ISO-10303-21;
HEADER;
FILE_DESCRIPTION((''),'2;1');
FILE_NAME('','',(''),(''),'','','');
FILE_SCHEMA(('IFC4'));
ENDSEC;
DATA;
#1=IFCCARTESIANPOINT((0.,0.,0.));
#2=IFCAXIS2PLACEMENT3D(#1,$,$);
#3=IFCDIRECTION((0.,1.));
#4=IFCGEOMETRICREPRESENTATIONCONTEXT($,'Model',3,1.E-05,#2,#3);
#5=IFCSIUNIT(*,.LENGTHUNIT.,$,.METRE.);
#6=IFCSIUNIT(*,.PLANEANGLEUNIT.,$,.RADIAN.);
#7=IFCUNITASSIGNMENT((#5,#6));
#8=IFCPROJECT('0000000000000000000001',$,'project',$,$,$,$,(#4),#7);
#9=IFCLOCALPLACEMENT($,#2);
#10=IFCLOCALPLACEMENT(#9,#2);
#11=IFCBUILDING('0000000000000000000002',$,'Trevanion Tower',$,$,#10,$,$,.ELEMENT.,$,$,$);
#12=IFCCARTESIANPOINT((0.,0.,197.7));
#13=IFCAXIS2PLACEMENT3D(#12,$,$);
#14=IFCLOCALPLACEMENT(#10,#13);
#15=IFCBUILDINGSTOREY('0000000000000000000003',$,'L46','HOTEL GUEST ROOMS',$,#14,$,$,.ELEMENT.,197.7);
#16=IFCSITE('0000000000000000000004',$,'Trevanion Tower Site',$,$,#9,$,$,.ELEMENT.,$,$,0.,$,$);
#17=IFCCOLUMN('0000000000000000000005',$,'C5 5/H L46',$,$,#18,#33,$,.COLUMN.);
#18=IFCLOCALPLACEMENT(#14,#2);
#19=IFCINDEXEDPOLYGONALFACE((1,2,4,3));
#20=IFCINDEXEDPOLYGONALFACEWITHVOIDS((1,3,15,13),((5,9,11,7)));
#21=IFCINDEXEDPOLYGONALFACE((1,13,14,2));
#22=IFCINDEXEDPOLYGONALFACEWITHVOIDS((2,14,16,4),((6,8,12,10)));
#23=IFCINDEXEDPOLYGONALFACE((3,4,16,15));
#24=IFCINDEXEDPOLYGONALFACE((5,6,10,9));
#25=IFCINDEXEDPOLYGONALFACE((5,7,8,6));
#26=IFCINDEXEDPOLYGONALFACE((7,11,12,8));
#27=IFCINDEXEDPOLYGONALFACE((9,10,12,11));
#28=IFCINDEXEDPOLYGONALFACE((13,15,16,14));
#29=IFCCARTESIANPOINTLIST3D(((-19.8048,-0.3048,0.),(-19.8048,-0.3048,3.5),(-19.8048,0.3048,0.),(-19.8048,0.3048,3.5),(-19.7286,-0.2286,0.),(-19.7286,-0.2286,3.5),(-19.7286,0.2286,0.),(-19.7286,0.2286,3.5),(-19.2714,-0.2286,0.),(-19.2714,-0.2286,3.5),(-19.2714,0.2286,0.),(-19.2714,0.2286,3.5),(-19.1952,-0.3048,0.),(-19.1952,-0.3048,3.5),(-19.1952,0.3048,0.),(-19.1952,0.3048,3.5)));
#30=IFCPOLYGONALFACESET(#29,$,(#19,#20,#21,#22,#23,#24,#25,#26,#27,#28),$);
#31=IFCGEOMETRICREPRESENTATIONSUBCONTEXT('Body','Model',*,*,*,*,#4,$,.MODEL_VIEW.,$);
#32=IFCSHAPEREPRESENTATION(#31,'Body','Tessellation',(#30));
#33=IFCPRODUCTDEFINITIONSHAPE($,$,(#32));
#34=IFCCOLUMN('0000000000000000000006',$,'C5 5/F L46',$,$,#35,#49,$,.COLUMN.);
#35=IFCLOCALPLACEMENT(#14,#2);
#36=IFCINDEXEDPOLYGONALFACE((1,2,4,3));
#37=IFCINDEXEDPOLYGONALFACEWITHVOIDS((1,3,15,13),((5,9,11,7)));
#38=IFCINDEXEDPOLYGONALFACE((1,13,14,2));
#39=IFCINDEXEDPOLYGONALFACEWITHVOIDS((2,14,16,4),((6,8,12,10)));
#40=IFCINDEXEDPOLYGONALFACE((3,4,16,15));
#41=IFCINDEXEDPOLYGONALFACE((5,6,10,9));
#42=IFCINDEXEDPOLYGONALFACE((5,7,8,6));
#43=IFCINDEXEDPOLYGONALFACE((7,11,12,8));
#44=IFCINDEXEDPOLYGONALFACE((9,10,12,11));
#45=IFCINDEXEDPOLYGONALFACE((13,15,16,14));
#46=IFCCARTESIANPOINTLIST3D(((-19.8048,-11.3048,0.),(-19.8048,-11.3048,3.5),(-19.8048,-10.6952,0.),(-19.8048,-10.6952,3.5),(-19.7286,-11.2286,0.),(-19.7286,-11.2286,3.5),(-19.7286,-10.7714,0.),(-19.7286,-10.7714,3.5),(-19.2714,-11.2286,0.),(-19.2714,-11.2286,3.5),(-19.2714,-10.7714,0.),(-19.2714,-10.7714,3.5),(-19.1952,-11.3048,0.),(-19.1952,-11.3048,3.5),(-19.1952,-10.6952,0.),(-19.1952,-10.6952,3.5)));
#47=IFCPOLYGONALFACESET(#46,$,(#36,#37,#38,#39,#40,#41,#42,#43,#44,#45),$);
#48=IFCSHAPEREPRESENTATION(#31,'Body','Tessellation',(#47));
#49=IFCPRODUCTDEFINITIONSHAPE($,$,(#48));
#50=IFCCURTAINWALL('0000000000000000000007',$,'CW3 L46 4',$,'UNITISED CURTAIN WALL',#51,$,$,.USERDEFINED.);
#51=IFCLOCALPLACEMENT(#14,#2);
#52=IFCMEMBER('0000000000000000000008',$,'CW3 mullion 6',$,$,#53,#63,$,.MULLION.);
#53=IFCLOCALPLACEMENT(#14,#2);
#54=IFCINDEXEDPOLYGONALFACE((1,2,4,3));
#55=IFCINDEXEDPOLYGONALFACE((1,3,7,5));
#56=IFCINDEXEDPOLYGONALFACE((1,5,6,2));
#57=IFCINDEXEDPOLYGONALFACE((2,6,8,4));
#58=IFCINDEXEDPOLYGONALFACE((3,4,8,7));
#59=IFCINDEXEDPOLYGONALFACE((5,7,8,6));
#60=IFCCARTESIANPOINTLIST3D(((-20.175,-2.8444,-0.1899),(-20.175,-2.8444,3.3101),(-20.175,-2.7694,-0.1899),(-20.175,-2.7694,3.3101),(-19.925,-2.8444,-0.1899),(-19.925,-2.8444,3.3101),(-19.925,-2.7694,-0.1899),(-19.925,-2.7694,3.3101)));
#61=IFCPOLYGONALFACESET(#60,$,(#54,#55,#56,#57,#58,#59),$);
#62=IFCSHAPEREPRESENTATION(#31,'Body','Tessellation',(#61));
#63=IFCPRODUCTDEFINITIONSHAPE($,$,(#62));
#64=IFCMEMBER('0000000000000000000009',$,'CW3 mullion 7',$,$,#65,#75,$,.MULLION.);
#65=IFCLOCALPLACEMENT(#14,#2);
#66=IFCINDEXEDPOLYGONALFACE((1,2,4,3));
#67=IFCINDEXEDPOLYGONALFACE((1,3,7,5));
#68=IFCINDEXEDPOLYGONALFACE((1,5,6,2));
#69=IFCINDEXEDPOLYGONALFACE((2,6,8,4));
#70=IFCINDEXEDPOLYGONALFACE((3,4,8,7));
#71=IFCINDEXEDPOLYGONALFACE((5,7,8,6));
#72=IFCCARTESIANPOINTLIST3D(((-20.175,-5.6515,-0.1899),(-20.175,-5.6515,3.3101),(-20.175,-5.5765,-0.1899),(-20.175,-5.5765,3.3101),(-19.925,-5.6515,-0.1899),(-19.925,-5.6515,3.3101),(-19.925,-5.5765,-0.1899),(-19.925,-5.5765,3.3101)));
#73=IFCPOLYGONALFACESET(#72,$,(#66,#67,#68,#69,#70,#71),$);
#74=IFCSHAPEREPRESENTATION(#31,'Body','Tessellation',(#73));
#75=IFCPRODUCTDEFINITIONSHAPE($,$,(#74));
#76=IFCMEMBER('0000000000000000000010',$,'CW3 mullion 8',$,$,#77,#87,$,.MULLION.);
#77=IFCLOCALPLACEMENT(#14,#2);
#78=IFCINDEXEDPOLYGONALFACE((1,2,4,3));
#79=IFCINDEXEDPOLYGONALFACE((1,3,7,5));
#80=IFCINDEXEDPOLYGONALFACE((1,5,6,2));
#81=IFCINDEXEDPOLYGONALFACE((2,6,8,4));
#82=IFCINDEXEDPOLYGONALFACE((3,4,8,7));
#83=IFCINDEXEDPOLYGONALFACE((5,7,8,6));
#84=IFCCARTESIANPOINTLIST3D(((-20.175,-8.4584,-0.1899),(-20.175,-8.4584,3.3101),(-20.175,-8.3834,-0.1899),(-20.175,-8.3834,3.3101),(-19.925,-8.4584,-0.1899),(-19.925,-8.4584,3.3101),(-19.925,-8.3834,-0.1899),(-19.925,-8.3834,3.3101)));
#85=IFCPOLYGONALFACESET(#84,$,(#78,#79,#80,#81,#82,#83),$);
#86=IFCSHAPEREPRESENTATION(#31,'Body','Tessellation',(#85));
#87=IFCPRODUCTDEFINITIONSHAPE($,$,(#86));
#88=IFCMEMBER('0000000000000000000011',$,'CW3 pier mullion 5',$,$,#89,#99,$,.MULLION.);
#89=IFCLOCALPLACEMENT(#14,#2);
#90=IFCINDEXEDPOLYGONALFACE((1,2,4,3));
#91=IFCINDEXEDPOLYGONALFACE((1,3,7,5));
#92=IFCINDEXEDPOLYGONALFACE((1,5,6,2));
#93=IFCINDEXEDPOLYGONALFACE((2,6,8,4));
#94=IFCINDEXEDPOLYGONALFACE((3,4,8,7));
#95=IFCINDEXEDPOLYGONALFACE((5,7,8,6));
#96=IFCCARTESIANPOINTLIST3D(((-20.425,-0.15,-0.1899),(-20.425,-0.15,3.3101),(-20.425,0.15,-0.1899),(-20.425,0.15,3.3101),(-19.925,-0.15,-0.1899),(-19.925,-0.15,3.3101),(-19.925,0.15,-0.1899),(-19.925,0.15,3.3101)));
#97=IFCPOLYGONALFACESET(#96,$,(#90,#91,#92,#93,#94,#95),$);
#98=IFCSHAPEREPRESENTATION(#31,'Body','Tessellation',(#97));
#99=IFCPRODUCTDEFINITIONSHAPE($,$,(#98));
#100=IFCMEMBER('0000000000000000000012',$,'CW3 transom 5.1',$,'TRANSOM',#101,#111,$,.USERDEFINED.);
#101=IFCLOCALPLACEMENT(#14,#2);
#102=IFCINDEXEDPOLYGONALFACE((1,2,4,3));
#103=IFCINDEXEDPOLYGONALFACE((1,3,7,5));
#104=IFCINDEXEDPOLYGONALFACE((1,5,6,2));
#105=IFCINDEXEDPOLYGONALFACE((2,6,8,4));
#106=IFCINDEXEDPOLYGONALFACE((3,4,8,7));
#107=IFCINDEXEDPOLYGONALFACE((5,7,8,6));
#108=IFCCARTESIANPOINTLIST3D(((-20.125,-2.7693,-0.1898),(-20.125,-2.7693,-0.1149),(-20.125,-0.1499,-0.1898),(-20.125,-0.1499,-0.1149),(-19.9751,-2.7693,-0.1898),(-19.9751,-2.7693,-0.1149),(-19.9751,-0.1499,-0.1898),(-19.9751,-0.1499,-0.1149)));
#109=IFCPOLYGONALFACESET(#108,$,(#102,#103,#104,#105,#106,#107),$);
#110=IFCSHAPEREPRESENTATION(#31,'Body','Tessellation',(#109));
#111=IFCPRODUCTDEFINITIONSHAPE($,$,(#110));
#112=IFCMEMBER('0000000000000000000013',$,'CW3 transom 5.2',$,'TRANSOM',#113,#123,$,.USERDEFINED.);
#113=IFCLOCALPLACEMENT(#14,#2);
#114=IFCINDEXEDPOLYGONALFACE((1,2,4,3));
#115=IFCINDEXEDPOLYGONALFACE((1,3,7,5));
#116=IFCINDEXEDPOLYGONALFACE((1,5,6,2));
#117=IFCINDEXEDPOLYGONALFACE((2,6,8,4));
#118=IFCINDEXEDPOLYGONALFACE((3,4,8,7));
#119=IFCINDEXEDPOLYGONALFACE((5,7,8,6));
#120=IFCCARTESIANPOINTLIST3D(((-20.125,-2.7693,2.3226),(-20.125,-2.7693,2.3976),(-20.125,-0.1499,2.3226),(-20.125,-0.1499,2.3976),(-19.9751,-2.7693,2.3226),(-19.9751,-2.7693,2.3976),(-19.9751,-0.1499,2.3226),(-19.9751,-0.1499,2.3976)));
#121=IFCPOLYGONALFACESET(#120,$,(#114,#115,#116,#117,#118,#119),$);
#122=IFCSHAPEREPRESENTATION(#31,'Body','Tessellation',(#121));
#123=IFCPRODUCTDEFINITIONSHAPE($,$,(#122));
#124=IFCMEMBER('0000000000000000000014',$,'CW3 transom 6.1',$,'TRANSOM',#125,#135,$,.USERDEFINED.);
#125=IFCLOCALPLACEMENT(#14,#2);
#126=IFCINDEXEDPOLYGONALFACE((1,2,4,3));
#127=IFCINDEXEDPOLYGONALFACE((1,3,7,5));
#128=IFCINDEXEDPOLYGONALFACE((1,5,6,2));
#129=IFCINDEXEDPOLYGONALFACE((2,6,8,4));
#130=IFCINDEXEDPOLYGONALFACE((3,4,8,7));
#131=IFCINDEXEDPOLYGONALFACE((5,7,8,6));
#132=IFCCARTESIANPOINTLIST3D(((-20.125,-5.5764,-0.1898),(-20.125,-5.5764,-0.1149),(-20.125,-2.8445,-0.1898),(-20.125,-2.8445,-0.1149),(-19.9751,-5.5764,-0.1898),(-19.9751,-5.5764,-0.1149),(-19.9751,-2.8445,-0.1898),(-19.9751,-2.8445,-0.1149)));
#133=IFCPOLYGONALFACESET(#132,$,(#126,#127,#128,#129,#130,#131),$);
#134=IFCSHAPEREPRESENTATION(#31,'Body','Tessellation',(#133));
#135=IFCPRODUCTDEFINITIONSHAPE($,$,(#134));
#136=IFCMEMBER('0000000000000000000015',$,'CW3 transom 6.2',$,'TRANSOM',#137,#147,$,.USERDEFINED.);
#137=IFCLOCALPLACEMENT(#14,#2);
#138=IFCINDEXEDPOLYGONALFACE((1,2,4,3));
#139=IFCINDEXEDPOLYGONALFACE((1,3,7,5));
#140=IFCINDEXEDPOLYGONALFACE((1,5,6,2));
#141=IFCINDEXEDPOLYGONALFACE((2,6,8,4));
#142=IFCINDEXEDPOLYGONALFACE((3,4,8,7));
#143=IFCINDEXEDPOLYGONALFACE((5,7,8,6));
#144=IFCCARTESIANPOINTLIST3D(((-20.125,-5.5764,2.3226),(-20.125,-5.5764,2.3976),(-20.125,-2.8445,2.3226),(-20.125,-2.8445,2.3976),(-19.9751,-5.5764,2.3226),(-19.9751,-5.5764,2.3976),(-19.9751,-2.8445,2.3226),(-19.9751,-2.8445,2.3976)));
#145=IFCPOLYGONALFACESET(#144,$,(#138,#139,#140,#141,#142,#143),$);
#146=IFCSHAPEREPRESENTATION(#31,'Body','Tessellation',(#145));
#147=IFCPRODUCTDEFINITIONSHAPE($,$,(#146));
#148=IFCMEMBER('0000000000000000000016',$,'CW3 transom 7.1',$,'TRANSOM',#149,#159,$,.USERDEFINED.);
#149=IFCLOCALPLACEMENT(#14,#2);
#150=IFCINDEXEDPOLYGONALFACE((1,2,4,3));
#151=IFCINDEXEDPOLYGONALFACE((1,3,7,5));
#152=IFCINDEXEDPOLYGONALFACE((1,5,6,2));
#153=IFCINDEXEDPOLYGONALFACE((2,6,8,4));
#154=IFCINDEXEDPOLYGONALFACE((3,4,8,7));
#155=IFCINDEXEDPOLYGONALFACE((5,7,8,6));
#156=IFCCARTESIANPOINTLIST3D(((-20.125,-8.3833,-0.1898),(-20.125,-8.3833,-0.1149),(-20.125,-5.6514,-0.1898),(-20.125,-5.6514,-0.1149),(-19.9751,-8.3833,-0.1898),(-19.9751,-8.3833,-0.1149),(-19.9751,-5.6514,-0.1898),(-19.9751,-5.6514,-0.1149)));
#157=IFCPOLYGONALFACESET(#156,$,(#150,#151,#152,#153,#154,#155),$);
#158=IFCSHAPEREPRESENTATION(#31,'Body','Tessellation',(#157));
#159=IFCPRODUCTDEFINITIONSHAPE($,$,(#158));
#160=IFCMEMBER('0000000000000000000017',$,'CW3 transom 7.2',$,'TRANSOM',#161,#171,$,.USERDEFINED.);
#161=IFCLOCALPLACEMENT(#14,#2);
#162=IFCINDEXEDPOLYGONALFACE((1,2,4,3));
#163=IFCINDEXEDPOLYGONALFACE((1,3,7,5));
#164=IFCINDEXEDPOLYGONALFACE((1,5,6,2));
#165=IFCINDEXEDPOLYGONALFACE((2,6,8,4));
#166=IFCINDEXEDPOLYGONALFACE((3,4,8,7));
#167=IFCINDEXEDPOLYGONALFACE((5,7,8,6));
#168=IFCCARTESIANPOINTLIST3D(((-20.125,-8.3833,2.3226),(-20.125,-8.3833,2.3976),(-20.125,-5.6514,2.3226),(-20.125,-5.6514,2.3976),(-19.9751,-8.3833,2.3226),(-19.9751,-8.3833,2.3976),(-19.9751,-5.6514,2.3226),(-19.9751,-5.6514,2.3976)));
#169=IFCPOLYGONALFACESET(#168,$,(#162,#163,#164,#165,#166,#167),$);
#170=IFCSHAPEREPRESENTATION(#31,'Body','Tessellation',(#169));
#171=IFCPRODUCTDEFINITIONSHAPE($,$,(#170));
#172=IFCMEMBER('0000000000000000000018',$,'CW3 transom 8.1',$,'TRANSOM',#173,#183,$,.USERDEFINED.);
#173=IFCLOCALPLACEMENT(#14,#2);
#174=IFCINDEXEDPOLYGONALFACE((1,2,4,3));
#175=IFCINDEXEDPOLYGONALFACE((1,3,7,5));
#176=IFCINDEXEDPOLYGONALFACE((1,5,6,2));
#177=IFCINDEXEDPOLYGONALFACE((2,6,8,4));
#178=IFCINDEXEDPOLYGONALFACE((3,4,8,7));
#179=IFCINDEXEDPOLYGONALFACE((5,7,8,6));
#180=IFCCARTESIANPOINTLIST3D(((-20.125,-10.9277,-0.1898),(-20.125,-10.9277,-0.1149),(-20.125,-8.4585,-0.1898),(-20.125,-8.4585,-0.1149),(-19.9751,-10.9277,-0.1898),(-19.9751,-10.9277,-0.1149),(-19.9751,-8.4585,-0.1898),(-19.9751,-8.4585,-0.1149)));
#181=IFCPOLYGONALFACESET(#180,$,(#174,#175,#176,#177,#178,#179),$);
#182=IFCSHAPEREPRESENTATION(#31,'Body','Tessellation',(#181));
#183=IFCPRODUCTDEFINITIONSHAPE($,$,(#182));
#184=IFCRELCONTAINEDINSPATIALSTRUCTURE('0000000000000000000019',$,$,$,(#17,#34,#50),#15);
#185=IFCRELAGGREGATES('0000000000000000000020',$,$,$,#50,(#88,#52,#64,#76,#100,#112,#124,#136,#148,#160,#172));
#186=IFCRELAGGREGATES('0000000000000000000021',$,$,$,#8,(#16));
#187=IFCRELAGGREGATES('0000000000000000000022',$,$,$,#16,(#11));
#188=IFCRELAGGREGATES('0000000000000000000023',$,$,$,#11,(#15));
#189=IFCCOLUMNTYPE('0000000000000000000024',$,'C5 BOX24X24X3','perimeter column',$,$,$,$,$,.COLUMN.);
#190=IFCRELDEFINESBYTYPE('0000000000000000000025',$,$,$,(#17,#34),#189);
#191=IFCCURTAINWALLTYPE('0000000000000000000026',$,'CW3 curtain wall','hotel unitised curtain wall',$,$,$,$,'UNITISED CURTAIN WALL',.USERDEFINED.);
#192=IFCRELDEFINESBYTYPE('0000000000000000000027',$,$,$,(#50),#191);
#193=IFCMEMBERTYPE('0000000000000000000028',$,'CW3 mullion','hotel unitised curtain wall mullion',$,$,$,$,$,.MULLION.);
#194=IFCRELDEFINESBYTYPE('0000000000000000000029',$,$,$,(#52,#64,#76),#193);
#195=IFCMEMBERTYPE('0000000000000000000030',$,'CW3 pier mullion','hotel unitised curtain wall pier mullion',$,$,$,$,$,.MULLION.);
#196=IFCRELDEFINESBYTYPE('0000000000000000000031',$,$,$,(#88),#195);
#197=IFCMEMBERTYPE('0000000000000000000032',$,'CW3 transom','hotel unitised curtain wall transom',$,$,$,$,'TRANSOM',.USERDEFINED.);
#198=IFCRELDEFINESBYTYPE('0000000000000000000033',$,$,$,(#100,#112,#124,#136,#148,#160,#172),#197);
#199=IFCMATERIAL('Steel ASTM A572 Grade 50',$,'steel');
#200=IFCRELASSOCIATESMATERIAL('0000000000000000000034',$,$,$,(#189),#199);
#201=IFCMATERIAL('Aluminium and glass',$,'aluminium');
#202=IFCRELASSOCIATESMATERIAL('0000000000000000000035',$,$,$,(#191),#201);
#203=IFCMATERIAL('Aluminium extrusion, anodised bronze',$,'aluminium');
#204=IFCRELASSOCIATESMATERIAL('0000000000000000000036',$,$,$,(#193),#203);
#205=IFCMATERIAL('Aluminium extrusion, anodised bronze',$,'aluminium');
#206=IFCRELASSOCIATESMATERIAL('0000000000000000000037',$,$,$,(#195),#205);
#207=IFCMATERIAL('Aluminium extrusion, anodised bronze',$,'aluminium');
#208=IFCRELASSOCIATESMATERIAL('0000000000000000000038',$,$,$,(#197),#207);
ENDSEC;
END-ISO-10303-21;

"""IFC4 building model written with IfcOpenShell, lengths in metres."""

from ifc_helpers import new_model, si_unit, direction, frame, origin, origin_2d, place, context, subcontext, project, spatial, rectangle, hollow_rectangle, extrude, material, material_profile, profile_set, type_object, element, aggregate, save


model = new_model("IFC4")

# Units and contexts
model_context = context("Model", 3, precision=1e-05, world=origin(), true_north=direction((0.0, 1.0)))
body_context = subcontext(model_context, "Body", "Model", "MODEL_VIEW")
ifc_project = project(units=[si_unit("LENGTHUNIT", "METRE"), si_unit("PLANEANGLEUNIT", "RADIAN")], contexts=[model_context])

# Site, building, storey
site_placement = place(None, origin())
site = spatial("IfcSite", under=ifc_project, at=site_placement, Name="Trevanion Tower Site", CompositionType="ELEMENT", RefElevation=0.0)
building_placement = place(site_placement, origin())
building = spatial("IfcBuilding", under=site, at=building_placement, Name="Trevanion Tower", CompositionType="ELEMENT")
storey_placement = place(building_placement, frame((0.0, 0.0, 197.7)))
storey = spatial("IfcBuildingStorey", under=building, at=storey_placement, Name="L46", Description="HOTEL GUEST ROOMS", CompositionType="ELEMENT", Elevation=197.7)

# Columns
ifc_material_1 = material(Name="Steel ASTM A572 Grade 50", Category="steel")
ifc_material_profile_1 = material_profile(ifc_material_1, hollow_rectangle(XDim=0.6096, YDim=0.6096, WallThickness=0.0762, at=origin_2d()), Name="BOX24X24X3")
ifc_profile_set_1 = profile_set([ifc_material_profile_1], Name="Steel ASTM A572 Grade 50")
column_type = type_object("IfcColumnType", Name="C5 BOX24X24X3", Description="perimeter column", PredefinedType="COLUMN", material=ifc_profile_set_1)
for number, where, z_axis, x_axis, name in (
    (1, (-19.5, 0.0, 0.0), (0.0, 0.0, 1.0), (0.0, 1.0, 0.0), "C5 5/H L46"),
    (2, (-19.5, -11.0, 0.0), (0.0, 0.0, 1.0), (0.0, 1.0, 0.0), "C5 5/F L46"),
):
    element("IfcColumn", number, at=place(storey_placement, frame(where, z_axis=z_axis, x_axis=x_axis)), inside=storey, type_object=column_type, Name=name, PredefinedType="COLUMN", context=body_context, shape_type="SweptSolid", body=[
        extrude(hollow_rectangle(XDim=0.6096, YDim=0.6096, WallThickness=0.0762, at=origin_2d()), origin(), (0.0, 0.0, 1.0), 3.5),
    ])

# Curtain wall, members
ifc_material_2 = material(Name="Aluminium and glass", Category="aluminium")
curtain_wall_type = type_object("IfcCurtainWallType", Name="CW3 curtain wall", Description="hotel unitised curtain wall", ElementType="UNITISED CURTAIN WALL", PredefinedType="USERDEFINED", material=ifc_material_2)
curtain_wall_placement = place(storey_placement, origin())
curtain_wall = element("IfcCurtainWall", 3, at=curtain_wall_placement, inside=storey, type_object=curtain_wall_type, Name="CW3 L46 4", ObjectType="UNITISED CURTAIN WALL", PredefinedType="USERDEFINED")
ifc_material_3 = material(Name="Aluminium extrusion, anodised bronze", Category="aluminium")
ifc_material_profile_2 = material_profile(ifc_material_3, rectangle(XDim=0.075, YDim=0.25, at=origin_2d()), Name="CW3 mullion")
ifc_profile_set_2 = profile_set([ifc_material_profile_2], Name="Aluminium extrusion, anodised bronze")
member_type_1 = type_object("IfcMemberType", Name="CW3 mullion", Description="hotel unitised curtain wall mullion", PredefinedType="MULLION", material=ifc_profile_set_2)
member_1_placement = place(storey_placement, frame((-20.05, -2.8069, -0.1899), z_axis=(0.0, 0.0, 1.0), x_axis=(0.0, -1.0, 0.0)))
member_1 = element("IfcMember", 4, at=member_1_placement, type_object=member_type_1, Name="CW3 mullion 6", PredefinedType="MULLION", context=body_context, shape_type="SweptSolid", body=[
    extrude(rectangle(XDim=0.075, YDim=0.25, at=origin_2d()), origin(), (0.0, 0.0, 1.0), 3.5),
])
member_2_placement = place(storey_placement, frame((-20.05, -5.614, -0.1899), z_axis=(0.0, 0.0, 1.0), x_axis=(0.0, -1.0, 0.0)))
member_2 = element("IfcMember", 5, at=member_2_placement, type_object=member_type_1, Name="CW3 mullion 7", PredefinedType="MULLION", context=body_context, shape_type="SweptSolid", body=[
    extrude(rectangle(XDim=0.075, YDim=0.25, at=origin_2d()), origin(), (0.0, 0.0, 1.0), 3.5),
])
member_3_placement = place(storey_placement, frame((-20.05, -8.4209, -0.1899), z_axis=(0.0, 0.0, 1.0), x_axis=(0.0, -1.0, 0.0)))
member_3 = element("IfcMember", 6, at=member_3_placement, type_object=member_type_1, Name="CW3 mullion 8", PredefinedType="MULLION", context=body_context, shape_type="SweptSolid", body=[
    extrude(rectangle(XDim=0.075, YDim=0.25, at=origin_2d()), origin(), (0.0, 0.0, 1.0), 3.5),
])
ifc_material_4 = material(Name="Aluminium extrusion, anodised bronze", Category="aluminium")
ifc_material_profile_3 = material_profile(ifc_material_4, rectangle(XDim=0.3, YDim=0.5, at=origin_2d()), Name="CW3 pier mullion")
ifc_profile_set_3 = profile_set([ifc_material_profile_3], Name="Aluminium extrusion, anodised bronze")
member_type_2 = type_object("IfcMemberType", Name="CW3 pier mullion", Description="hotel unitised curtain wall pier mullion", PredefinedType="MULLION", material=ifc_profile_set_3)
member_4_placement = place(storey_placement, frame((-20.175, 0.0, -0.1899), z_axis=(0.0, 0.0, 1.0), x_axis=(0.0, -1.0, 0.0)))
member_4 = element("IfcMember", 7, at=member_4_placement, type_object=member_type_2, Name="CW3 pier mullion 5", PredefinedType="MULLION", context=body_context, shape_type="SweptSolid", body=[
    extrude(rectangle(XDim=0.3, YDim=0.5, at=origin_2d()), origin(), (0.0, 0.0, 1.0), 3.5),
])
ifc_material_5 = material(Name="Aluminium extrusion, anodised bronze", Category="aluminium")
ifc_material_profile_4 = material_profile(ifc_material_5, rectangle(XDim=0.1499, YDim=0.075, at=origin_2d()), Name="CW3 transom")
ifc_profile_set_4 = profile_set([ifc_material_profile_4], Name="Aluminium extrusion, anodised bronze")
member_type_3 = type_object("IfcMemberType", Name="CW3 transom", Description="hotel unitised curtain wall transom", ElementType="TRANSOM", PredefinedType="USERDEFINED", material=ifc_profile_set_4)
member_5_placement = place(storey_placement, frame((-20.05, -0.1499, -0.1523), z_axis=(0.0, -1.0, 0.0), x_axis=(1.0, 0.0, 0.0)))
member_5 = element("IfcMember", 8, at=member_5_placement, type_object=member_type_3, Name="CW3 transom 5.1", ObjectType="TRANSOM", PredefinedType="USERDEFINED", context=body_context, shape_type="SweptSolid", body=[
    extrude(rectangle(XDim=0.1499, YDim=0.075, at=origin_2d()), origin(), (0.0, 0.0, 1.0), 2.6194),
])
member_6_placement = place(storey_placement, frame((-20.05, -0.1499, 2.3601), z_axis=(0.0, -1.0, 0.0), x_axis=(1.0, 0.0, 0.0)))
member_6 = element("IfcMember", 9, at=member_6_placement, type_object=member_type_3, Name="CW3 transom 5.2", ObjectType="TRANSOM", PredefinedType="USERDEFINED", context=body_context, shape_type="SweptSolid", body=[
    extrude(rectangle(XDim=0.1499, YDim=0.075, at=origin_2d()), origin(), (0.0, 0.0, 1.0), 2.6194),
])
member_7_placement = place(storey_placement, frame((-20.05, -2.8445, -0.1523), z_axis=(0.0, -1.0, 0.0), x_axis=(1.0, 0.0, 0.0)))
member_7 = element("IfcMember", 10, at=member_7_placement, type_object=member_type_3, Name="CW3 transom 6.1", ObjectType="TRANSOM", PredefinedType="USERDEFINED", context=body_context, shape_type="SweptSolid", body=[
    extrude(rectangle(XDim=0.1499, YDim=0.075, at=origin_2d()), origin(), (0.0, 0.0, 1.0), 2.7319),
])
member_8_placement = place(storey_placement, frame((-20.05, -2.8445, 2.3601), z_axis=(0.0, -1.0, 0.0), x_axis=(1.0, 0.0, 0.0)))
member_8 = element("IfcMember", 11, at=member_8_placement, type_object=member_type_3, Name="CW3 transom 6.2", ObjectType="TRANSOM", PredefinedType="USERDEFINED", context=body_context, shape_type="SweptSolid", body=[
    extrude(rectangle(XDim=0.1499, YDim=0.075, at=origin_2d()), origin(), (0.0, 0.0, 1.0), 2.7319),
])
member_9_placement = place(storey_placement, frame((-20.05, -5.6514, -0.1523), z_axis=(0.0, -1.0, 0.0), x_axis=(1.0, 0.0, 0.0)))
member_9 = element("IfcMember", 12, at=member_9_placement, type_object=member_type_3, Name="CW3 transom 7.1", ObjectType="TRANSOM", PredefinedType="USERDEFINED", context=body_context, shape_type="SweptSolid", body=[
    extrude(rectangle(XDim=0.1499, YDim=0.075, at=origin_2d()), origin(), (0.0, 0.0, 1.0), 2.7319),
])
member_10_placement = place(storey_placement, frame((-20.05, -5.6514, 2.3601), z_axis=(0.0, -1.0, 0.0), x_axis=(1.0, 0.0, 0.0)))
member_10 = element("IfcMember", 13, at=member_10_placement, type_object=member_type_3, Name="CW3 transom 7.2", ObjectType="TRANSOM", PredefinedType="USERDEFINED", context=body_context, shape_type="SweptSolid", body=[
    extrude(rectangle(XDim=0.1499, YDim=0.075, at=origin_2d()), origin(), (0.0, 0.0, 1.0), 2.7319),
])
member_11_placement = place(storey_placement, frame((-20.05, -8.4585, -0.1523), z_axis=(0.0, -1.0, 0.0), x_axis=(1.0, 0.0, 0.0)))
member_11 = element("IfcMember", 14, at=member_11_placement, type_object=member_type_3, Name="CW3 transom 8.1", ObjectType="TRANSOM", PredefinedType="USERDEFINED", context=body_context, shape_type="SweptSolid", body=[
    extrude(rectangle(XDim=0.1499, YDim=0.075, at=origin_2d()), origin(), (0.0, 0.0, 1.0), 2.4692),
])

aggregate(curtain_wall, [member_4, member_1, member_2, member_3, member_5, member_6, member_7, member_8, member_9, member_10, member_11])

save(model, "model.ifc")
